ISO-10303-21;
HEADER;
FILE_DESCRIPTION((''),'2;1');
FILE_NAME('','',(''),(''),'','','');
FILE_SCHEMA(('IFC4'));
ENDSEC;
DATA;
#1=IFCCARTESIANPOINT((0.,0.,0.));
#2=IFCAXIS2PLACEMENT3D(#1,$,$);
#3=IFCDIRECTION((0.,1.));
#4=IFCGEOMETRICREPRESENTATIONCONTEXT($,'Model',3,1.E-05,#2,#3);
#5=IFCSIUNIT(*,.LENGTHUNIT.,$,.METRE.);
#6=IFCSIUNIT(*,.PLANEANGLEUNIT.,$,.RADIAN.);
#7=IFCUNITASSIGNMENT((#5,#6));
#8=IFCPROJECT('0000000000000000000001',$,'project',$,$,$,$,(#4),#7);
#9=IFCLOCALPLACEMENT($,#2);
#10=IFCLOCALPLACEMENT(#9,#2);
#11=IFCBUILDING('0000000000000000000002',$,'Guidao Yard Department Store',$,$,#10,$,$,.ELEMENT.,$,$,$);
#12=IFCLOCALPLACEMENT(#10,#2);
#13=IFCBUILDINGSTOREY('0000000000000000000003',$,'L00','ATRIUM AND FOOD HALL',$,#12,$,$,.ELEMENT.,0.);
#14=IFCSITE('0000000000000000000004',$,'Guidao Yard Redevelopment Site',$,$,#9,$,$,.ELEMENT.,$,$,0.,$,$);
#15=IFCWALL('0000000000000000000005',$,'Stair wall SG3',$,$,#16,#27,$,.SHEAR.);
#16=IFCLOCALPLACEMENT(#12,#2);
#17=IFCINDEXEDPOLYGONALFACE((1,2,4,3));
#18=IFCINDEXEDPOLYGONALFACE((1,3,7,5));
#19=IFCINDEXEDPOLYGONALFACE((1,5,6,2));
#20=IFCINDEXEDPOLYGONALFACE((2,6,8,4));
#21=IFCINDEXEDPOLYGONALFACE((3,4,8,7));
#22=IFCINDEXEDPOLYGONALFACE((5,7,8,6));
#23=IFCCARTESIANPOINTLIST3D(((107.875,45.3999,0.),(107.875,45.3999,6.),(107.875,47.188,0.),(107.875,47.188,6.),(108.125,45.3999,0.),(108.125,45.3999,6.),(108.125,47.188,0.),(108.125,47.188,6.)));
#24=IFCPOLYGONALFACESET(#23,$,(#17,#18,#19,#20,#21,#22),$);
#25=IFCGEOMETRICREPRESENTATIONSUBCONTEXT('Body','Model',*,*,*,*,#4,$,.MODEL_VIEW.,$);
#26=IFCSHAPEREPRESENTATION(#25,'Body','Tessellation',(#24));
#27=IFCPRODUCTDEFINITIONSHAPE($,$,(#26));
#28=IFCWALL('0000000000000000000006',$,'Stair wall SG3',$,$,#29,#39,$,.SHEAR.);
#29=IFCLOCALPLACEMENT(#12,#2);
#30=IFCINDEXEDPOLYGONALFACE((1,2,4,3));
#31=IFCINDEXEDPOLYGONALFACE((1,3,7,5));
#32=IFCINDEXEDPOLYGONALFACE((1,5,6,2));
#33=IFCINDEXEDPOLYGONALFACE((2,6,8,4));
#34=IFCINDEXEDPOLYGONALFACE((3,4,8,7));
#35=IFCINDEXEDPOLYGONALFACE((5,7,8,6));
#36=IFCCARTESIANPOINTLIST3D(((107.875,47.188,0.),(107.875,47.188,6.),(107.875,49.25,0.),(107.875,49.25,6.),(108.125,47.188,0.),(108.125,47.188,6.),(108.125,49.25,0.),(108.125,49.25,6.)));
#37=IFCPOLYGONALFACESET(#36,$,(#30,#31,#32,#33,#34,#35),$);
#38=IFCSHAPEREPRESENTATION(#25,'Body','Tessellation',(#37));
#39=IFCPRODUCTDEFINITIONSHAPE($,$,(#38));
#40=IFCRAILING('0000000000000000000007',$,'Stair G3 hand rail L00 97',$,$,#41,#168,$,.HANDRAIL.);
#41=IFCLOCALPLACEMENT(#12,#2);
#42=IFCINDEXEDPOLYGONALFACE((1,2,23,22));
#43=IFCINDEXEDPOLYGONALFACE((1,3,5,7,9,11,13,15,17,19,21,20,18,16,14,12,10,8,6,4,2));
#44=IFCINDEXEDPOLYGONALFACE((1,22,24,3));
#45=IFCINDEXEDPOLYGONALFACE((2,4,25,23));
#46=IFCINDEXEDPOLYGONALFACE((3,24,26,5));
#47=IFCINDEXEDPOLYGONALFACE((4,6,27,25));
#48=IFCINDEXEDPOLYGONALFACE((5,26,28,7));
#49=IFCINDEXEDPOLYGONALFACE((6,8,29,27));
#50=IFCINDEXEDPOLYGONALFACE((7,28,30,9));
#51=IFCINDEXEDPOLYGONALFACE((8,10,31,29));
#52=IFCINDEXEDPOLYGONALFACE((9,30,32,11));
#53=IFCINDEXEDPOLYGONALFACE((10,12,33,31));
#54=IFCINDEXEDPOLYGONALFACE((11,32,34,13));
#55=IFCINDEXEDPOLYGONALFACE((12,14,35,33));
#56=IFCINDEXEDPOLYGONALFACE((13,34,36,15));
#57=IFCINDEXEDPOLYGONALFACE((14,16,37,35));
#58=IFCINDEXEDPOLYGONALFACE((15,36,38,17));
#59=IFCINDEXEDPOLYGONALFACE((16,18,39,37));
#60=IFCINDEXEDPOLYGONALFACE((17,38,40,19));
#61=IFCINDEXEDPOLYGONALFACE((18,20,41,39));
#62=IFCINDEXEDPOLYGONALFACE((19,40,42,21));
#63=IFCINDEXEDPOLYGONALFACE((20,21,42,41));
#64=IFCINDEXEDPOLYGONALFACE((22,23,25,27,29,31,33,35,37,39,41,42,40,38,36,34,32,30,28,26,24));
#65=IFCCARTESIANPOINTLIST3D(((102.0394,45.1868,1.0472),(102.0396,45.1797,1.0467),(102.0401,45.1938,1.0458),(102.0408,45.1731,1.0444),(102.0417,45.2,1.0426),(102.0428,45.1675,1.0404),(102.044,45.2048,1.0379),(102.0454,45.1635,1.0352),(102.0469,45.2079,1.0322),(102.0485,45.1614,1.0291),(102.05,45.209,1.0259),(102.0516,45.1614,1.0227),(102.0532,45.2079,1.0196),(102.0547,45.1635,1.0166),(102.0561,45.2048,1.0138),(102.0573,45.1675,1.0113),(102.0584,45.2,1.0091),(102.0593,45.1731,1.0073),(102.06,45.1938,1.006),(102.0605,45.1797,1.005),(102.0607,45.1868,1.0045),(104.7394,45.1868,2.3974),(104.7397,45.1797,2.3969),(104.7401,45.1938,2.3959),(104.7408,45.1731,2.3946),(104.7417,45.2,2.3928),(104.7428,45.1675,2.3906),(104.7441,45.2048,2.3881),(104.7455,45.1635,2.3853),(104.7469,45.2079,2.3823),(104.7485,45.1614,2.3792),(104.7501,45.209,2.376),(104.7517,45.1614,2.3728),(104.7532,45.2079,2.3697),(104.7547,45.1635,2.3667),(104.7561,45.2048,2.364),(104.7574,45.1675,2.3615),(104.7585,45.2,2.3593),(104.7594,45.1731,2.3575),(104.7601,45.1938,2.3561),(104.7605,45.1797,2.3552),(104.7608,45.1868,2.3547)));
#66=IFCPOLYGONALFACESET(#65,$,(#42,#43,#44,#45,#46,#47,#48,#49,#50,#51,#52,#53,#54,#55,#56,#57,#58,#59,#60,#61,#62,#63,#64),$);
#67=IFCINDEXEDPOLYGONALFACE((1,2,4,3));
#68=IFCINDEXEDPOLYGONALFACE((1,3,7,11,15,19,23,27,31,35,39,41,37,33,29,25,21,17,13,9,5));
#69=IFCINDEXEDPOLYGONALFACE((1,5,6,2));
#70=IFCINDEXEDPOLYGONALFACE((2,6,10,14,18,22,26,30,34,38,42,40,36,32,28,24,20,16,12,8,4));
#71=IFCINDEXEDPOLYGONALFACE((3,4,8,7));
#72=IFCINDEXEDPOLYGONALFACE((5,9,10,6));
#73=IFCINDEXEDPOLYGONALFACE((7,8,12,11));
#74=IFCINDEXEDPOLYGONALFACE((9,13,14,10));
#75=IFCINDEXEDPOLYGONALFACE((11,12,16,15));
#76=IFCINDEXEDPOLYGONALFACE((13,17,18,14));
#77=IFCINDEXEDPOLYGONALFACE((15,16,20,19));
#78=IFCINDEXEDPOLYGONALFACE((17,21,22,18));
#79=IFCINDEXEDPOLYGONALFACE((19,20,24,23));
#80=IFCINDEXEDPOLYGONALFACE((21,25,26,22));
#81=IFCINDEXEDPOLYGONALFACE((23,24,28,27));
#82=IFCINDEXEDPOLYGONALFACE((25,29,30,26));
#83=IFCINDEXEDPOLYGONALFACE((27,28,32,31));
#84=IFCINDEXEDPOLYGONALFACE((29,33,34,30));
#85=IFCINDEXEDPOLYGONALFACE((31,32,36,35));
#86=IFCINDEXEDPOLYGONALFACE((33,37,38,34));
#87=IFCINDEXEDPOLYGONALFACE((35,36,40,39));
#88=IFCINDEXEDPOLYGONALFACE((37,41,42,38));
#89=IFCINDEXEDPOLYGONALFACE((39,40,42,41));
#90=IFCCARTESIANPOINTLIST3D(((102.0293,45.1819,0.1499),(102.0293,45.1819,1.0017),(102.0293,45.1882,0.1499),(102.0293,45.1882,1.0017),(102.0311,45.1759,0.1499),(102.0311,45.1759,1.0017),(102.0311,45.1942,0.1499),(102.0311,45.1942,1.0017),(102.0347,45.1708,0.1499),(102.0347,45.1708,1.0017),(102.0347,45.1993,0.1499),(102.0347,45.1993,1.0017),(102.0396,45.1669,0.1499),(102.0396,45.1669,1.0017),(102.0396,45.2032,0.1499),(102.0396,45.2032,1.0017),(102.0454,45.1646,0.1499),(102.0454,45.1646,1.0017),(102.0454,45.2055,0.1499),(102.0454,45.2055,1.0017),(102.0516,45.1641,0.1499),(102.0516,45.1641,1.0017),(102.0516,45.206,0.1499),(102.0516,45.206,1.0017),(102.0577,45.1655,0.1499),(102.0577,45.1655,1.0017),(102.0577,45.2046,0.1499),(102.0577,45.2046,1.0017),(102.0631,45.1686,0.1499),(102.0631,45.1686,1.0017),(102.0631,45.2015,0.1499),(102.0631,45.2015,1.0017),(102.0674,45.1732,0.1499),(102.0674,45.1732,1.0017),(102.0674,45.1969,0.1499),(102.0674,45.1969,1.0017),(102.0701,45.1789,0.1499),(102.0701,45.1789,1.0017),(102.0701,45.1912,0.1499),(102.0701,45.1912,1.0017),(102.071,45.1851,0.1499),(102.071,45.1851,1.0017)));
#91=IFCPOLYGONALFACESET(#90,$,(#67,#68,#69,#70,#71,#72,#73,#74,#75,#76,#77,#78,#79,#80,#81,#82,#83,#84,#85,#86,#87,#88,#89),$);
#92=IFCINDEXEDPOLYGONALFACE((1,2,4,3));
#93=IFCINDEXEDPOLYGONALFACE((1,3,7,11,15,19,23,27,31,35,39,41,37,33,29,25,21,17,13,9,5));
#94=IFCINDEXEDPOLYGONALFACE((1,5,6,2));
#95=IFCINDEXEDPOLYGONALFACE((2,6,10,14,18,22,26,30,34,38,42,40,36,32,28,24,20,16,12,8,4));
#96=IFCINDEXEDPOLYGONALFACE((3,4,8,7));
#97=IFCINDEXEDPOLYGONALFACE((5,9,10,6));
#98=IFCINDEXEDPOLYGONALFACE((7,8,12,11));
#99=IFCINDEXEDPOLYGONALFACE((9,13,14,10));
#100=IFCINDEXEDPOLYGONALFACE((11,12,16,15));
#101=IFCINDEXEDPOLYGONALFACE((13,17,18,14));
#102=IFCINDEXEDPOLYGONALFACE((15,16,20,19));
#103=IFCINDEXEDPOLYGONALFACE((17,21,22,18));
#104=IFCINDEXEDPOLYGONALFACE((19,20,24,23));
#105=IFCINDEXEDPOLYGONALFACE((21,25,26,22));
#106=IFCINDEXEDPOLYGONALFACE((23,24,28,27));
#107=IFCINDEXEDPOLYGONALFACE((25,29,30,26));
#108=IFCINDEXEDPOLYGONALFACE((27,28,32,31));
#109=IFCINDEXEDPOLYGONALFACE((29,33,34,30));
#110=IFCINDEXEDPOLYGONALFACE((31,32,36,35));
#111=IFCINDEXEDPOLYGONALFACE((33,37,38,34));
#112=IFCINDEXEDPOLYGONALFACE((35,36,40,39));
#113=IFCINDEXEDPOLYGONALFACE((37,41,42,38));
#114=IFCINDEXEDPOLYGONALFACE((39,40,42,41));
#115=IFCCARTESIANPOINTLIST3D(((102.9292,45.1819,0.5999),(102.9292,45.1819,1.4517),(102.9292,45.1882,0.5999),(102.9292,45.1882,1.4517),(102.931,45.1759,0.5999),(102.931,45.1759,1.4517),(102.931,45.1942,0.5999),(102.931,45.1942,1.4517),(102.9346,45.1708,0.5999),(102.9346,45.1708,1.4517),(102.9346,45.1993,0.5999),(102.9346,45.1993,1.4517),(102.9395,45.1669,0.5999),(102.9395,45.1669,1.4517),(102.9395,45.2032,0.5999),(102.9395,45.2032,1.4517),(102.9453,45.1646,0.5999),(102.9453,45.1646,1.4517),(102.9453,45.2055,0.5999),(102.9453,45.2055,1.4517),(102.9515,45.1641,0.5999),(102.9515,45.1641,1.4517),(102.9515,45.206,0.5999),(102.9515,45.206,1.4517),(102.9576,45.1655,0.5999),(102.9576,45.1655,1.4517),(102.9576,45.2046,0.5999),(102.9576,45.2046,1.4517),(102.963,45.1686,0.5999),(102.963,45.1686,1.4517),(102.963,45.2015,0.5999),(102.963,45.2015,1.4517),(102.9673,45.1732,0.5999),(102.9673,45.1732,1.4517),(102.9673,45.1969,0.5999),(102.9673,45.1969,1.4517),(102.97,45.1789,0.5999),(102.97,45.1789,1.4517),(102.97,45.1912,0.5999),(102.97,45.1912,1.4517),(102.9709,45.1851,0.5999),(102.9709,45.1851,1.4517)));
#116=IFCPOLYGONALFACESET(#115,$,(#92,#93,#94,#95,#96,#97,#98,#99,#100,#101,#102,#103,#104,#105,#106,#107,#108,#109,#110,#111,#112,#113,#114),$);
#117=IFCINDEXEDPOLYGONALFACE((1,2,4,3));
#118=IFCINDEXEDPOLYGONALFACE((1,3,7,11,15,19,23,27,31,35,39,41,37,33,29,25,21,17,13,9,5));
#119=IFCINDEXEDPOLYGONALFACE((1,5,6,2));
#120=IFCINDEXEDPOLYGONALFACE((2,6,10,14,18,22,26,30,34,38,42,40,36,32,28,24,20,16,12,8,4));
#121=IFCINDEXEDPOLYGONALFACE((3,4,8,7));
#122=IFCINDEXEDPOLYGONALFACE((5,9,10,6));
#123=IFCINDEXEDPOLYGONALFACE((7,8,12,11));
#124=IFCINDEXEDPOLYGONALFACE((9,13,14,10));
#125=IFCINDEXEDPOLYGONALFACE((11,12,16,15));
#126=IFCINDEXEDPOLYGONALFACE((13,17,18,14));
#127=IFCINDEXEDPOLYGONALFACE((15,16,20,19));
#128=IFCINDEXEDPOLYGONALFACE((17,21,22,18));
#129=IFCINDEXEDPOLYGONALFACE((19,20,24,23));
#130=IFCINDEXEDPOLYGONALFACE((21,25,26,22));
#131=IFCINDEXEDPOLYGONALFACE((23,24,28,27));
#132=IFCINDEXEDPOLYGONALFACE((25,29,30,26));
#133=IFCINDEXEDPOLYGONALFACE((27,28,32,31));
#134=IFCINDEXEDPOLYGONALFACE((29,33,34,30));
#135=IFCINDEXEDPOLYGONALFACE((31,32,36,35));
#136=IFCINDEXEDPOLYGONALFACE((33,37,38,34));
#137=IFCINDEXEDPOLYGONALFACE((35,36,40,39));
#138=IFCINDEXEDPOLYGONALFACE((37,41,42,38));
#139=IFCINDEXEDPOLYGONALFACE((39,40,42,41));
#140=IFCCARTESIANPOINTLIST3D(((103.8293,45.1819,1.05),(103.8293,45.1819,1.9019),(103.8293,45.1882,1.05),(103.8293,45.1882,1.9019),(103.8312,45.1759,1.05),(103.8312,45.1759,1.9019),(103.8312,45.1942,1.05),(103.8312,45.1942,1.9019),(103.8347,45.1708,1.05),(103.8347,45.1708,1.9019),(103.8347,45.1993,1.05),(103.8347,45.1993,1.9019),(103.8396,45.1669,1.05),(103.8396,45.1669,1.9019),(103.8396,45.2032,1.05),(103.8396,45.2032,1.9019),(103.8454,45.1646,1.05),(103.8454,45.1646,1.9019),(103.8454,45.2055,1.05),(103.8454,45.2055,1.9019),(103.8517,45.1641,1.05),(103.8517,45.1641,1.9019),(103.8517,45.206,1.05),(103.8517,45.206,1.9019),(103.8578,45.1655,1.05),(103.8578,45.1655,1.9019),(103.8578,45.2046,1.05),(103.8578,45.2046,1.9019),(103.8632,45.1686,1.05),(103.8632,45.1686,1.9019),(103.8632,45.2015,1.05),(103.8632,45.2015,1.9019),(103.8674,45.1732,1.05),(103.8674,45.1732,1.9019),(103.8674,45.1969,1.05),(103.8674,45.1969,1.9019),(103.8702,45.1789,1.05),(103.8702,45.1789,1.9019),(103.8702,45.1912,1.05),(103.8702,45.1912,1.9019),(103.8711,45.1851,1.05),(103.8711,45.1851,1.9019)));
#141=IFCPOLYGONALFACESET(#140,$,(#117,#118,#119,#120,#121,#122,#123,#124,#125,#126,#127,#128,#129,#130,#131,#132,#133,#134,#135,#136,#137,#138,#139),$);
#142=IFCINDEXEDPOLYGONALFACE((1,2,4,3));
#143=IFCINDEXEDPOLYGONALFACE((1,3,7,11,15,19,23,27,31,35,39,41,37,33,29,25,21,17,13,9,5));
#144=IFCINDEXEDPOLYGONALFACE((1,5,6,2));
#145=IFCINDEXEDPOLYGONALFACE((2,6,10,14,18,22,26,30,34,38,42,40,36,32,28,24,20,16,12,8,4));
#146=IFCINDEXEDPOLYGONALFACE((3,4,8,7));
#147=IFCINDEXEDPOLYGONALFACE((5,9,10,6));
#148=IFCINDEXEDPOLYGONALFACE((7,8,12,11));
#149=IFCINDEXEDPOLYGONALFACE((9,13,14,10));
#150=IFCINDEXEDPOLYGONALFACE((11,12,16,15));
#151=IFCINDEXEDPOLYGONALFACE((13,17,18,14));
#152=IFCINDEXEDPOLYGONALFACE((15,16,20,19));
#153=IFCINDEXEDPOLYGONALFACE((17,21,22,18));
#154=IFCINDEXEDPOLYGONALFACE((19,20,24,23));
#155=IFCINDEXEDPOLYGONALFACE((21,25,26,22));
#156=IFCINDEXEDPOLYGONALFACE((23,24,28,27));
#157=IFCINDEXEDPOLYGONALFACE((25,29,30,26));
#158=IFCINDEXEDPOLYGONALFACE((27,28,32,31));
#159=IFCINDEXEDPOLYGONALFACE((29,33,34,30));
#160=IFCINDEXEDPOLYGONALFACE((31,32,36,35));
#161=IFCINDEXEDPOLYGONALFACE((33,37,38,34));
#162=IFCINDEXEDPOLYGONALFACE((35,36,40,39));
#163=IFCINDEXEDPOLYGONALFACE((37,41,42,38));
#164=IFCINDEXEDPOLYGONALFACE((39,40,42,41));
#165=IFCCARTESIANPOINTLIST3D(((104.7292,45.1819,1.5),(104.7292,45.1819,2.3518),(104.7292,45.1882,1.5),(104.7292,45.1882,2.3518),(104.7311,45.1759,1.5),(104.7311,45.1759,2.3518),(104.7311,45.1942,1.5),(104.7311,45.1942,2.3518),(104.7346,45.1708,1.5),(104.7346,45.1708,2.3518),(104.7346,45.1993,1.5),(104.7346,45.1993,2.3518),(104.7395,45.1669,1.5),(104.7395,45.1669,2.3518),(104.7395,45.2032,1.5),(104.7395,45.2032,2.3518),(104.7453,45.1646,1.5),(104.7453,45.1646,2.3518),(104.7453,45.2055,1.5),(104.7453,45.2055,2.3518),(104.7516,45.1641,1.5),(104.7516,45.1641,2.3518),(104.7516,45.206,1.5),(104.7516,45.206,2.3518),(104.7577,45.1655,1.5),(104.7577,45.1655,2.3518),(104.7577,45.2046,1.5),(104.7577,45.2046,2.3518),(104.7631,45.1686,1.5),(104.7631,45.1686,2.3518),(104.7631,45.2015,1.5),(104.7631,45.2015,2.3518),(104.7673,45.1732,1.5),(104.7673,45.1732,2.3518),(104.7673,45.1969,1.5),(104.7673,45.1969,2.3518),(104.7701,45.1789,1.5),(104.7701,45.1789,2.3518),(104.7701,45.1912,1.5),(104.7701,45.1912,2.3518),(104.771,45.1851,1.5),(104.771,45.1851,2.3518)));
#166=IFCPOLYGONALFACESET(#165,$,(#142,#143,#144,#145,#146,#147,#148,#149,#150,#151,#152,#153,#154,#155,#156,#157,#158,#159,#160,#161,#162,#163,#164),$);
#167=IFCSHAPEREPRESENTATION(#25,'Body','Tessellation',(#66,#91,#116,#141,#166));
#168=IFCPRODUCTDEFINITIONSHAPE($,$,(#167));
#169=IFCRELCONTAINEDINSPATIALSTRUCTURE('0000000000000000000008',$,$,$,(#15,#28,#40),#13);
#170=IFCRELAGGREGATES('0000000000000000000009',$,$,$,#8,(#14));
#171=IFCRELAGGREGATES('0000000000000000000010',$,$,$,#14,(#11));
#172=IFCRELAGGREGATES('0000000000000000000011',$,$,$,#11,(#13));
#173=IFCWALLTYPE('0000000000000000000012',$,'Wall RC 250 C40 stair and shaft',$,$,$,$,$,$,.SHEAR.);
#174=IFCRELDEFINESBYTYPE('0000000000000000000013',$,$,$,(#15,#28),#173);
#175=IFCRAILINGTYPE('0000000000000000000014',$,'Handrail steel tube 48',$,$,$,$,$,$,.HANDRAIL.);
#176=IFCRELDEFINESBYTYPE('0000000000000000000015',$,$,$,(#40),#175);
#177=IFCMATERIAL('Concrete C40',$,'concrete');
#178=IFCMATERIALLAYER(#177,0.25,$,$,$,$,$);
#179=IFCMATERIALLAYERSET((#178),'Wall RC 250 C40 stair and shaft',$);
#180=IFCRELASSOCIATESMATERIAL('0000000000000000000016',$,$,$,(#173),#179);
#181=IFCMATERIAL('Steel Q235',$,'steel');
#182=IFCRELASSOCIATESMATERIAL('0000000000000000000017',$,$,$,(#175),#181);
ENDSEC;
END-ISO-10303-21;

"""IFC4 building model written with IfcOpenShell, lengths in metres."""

from ifc_helpers import new_model, si_unit, direction, frame, frame_2d, origin, origin_2d, place, context, subcontext, project, spatial, rectangle, circle, extrude, material, layer, layer_set, type_object, element, save


model = new_model("IFC4")

# Units and contexts
model_context = context("Model", 3, precision=1e-05, world=origin(), true_north=direction((0.0, 1.0)))
body_context = subcontext(model_context, "Body", "Model", "MODEL_VIEW")
ifc_project = project(units=[si_unit("LENGTHUNIT", "METRE"), si_unit("PLANEANGLEUNIT", "RADIAN")], contexts=[model_context])

# Site, building, storey
site_placement = place(None, origin())
site = spatial("IfcSite", under=ifc_project, at=site_placement, Name="Guidao Yard Redevelopment Site", CompositionType="ELEMENT", RefElevation=0.0)
building_placement = place(site_placement, origin())
building = spatial("IfcBuilding", under=site, at=building_placement, Name="Guidao Yard Department Store", CompositionType="ELEMENT")
storey_placement = place(building_placement, origin())
storey = spatial("IfcBuildingStorey", under=building, at=storey_placement, Name="L00", Description="ATRIUM AND FOOD HALL", CompositionType="ELEMENT", Elevation=0.0)

# Shared definitions
ifc_material_1 = material(Name="Concrete C40", Category="concrete")
ifc_layer_1 = layer(ifc_material_1, 0.25)
ifc_layer_set_1 = layer_set([ifc_layer_1], Name="Wall RC 250 C40 stair and shaft")
wall_type = type_object("IfcWallType", Name="Wall RC 250 C40 stair and shaft", PredefinedType="SHEAR", material=ifc_layer_set_1)

# Walls
wall_1_placement = place(storey_placement, frame((108.0, 45.3999, 0.0), z_axis=(0.0, 0.0, 1.0), x_axis=(0.0, 1.0, 0.0)))
element("IfcWall", 1, at=wall_1_placement, inside=storey, type_object=wall_type, Name="Stair wall SG3", PredefinedType="SHEAR", context=body_context, shape_type="SweptSolid", body=[
    extrude(rectangle(XDim=1.7881, YDim=0.25, at=frame_2d((0.894, 0.0))), origin(), (0.0, 0.0, 1.0), 6.0),
])
wall_2_placement = place(storey_placement, frame((108.0, 47.188, 0.0), z_axis=(0.0, 0.0, 1.0), x_axis=(0.0, 1.0, 0.0)))
element("IfcWall", 2, at=wall_2_placement, inside=storey, type_object=wall_type, Name="Stair wall SG3", PredefinedType="SHEAR", context=body_context, shape_type="SweptSolid", body=[
    extrude(rectangle(XDim=2.062, YDim=0.25, at=frame_2d((1.031, 0.0))), origin(), (0.0, 0.0, 1.0), 6.0),
])

# Railing
ifc_material_2 = material(Name="Steel Q235", Category="steel")
railing_type = type_object("IfcRailingType", Name="Handrail steel tube 48", PredefinedType="HANDRAIL", material=ifc_material_2)
for number, where, name in (
    (3, (102.05, 45.1851, 0.1499), "Stair G3 hand rail L00 97"),
):
    element("IfcRailing", number, at=place(storey_placement, frame(where)), inside=storey, type_object=railing_type, Name=name, PredefinedType="HANDRAIL", context=body_context, shape_type="SweptSolid", body=[
        extrude(circle(Radius=0.0239, at=origin_2d()), frame((0.0, 0.0, 0.876), z_axis=(0.894411, 0.0, 0.447246), x_axis=(0.0, 1.0, 0.0)), (0.0, 0.0, 1.0), 3.0188),
        extrude(circle(Radius=0.021, at=origin_2d()), origin(), (0.0, 0.0, 1.0), 0.8518),
        extrude(circle(Radius=0.021, at=origin_2d()), frame((0.8999, 0.0, 0.45)), (0.0, 0.0, 1.0), 0.8518),
        extrude(circle(Radius=0.021, at=origin_2d()), frame((1.8, 0.0, 0.9001)), (0.0, 0.0, 1.0), 0.8518),
        extrude(circle(Radius=0.021, at=origin_2d()), frame((2.7, 0.0, 1.3501)), (0.0, 0.0, 1.0), 0.8518),
    ])

save(model, "model.ifc")
